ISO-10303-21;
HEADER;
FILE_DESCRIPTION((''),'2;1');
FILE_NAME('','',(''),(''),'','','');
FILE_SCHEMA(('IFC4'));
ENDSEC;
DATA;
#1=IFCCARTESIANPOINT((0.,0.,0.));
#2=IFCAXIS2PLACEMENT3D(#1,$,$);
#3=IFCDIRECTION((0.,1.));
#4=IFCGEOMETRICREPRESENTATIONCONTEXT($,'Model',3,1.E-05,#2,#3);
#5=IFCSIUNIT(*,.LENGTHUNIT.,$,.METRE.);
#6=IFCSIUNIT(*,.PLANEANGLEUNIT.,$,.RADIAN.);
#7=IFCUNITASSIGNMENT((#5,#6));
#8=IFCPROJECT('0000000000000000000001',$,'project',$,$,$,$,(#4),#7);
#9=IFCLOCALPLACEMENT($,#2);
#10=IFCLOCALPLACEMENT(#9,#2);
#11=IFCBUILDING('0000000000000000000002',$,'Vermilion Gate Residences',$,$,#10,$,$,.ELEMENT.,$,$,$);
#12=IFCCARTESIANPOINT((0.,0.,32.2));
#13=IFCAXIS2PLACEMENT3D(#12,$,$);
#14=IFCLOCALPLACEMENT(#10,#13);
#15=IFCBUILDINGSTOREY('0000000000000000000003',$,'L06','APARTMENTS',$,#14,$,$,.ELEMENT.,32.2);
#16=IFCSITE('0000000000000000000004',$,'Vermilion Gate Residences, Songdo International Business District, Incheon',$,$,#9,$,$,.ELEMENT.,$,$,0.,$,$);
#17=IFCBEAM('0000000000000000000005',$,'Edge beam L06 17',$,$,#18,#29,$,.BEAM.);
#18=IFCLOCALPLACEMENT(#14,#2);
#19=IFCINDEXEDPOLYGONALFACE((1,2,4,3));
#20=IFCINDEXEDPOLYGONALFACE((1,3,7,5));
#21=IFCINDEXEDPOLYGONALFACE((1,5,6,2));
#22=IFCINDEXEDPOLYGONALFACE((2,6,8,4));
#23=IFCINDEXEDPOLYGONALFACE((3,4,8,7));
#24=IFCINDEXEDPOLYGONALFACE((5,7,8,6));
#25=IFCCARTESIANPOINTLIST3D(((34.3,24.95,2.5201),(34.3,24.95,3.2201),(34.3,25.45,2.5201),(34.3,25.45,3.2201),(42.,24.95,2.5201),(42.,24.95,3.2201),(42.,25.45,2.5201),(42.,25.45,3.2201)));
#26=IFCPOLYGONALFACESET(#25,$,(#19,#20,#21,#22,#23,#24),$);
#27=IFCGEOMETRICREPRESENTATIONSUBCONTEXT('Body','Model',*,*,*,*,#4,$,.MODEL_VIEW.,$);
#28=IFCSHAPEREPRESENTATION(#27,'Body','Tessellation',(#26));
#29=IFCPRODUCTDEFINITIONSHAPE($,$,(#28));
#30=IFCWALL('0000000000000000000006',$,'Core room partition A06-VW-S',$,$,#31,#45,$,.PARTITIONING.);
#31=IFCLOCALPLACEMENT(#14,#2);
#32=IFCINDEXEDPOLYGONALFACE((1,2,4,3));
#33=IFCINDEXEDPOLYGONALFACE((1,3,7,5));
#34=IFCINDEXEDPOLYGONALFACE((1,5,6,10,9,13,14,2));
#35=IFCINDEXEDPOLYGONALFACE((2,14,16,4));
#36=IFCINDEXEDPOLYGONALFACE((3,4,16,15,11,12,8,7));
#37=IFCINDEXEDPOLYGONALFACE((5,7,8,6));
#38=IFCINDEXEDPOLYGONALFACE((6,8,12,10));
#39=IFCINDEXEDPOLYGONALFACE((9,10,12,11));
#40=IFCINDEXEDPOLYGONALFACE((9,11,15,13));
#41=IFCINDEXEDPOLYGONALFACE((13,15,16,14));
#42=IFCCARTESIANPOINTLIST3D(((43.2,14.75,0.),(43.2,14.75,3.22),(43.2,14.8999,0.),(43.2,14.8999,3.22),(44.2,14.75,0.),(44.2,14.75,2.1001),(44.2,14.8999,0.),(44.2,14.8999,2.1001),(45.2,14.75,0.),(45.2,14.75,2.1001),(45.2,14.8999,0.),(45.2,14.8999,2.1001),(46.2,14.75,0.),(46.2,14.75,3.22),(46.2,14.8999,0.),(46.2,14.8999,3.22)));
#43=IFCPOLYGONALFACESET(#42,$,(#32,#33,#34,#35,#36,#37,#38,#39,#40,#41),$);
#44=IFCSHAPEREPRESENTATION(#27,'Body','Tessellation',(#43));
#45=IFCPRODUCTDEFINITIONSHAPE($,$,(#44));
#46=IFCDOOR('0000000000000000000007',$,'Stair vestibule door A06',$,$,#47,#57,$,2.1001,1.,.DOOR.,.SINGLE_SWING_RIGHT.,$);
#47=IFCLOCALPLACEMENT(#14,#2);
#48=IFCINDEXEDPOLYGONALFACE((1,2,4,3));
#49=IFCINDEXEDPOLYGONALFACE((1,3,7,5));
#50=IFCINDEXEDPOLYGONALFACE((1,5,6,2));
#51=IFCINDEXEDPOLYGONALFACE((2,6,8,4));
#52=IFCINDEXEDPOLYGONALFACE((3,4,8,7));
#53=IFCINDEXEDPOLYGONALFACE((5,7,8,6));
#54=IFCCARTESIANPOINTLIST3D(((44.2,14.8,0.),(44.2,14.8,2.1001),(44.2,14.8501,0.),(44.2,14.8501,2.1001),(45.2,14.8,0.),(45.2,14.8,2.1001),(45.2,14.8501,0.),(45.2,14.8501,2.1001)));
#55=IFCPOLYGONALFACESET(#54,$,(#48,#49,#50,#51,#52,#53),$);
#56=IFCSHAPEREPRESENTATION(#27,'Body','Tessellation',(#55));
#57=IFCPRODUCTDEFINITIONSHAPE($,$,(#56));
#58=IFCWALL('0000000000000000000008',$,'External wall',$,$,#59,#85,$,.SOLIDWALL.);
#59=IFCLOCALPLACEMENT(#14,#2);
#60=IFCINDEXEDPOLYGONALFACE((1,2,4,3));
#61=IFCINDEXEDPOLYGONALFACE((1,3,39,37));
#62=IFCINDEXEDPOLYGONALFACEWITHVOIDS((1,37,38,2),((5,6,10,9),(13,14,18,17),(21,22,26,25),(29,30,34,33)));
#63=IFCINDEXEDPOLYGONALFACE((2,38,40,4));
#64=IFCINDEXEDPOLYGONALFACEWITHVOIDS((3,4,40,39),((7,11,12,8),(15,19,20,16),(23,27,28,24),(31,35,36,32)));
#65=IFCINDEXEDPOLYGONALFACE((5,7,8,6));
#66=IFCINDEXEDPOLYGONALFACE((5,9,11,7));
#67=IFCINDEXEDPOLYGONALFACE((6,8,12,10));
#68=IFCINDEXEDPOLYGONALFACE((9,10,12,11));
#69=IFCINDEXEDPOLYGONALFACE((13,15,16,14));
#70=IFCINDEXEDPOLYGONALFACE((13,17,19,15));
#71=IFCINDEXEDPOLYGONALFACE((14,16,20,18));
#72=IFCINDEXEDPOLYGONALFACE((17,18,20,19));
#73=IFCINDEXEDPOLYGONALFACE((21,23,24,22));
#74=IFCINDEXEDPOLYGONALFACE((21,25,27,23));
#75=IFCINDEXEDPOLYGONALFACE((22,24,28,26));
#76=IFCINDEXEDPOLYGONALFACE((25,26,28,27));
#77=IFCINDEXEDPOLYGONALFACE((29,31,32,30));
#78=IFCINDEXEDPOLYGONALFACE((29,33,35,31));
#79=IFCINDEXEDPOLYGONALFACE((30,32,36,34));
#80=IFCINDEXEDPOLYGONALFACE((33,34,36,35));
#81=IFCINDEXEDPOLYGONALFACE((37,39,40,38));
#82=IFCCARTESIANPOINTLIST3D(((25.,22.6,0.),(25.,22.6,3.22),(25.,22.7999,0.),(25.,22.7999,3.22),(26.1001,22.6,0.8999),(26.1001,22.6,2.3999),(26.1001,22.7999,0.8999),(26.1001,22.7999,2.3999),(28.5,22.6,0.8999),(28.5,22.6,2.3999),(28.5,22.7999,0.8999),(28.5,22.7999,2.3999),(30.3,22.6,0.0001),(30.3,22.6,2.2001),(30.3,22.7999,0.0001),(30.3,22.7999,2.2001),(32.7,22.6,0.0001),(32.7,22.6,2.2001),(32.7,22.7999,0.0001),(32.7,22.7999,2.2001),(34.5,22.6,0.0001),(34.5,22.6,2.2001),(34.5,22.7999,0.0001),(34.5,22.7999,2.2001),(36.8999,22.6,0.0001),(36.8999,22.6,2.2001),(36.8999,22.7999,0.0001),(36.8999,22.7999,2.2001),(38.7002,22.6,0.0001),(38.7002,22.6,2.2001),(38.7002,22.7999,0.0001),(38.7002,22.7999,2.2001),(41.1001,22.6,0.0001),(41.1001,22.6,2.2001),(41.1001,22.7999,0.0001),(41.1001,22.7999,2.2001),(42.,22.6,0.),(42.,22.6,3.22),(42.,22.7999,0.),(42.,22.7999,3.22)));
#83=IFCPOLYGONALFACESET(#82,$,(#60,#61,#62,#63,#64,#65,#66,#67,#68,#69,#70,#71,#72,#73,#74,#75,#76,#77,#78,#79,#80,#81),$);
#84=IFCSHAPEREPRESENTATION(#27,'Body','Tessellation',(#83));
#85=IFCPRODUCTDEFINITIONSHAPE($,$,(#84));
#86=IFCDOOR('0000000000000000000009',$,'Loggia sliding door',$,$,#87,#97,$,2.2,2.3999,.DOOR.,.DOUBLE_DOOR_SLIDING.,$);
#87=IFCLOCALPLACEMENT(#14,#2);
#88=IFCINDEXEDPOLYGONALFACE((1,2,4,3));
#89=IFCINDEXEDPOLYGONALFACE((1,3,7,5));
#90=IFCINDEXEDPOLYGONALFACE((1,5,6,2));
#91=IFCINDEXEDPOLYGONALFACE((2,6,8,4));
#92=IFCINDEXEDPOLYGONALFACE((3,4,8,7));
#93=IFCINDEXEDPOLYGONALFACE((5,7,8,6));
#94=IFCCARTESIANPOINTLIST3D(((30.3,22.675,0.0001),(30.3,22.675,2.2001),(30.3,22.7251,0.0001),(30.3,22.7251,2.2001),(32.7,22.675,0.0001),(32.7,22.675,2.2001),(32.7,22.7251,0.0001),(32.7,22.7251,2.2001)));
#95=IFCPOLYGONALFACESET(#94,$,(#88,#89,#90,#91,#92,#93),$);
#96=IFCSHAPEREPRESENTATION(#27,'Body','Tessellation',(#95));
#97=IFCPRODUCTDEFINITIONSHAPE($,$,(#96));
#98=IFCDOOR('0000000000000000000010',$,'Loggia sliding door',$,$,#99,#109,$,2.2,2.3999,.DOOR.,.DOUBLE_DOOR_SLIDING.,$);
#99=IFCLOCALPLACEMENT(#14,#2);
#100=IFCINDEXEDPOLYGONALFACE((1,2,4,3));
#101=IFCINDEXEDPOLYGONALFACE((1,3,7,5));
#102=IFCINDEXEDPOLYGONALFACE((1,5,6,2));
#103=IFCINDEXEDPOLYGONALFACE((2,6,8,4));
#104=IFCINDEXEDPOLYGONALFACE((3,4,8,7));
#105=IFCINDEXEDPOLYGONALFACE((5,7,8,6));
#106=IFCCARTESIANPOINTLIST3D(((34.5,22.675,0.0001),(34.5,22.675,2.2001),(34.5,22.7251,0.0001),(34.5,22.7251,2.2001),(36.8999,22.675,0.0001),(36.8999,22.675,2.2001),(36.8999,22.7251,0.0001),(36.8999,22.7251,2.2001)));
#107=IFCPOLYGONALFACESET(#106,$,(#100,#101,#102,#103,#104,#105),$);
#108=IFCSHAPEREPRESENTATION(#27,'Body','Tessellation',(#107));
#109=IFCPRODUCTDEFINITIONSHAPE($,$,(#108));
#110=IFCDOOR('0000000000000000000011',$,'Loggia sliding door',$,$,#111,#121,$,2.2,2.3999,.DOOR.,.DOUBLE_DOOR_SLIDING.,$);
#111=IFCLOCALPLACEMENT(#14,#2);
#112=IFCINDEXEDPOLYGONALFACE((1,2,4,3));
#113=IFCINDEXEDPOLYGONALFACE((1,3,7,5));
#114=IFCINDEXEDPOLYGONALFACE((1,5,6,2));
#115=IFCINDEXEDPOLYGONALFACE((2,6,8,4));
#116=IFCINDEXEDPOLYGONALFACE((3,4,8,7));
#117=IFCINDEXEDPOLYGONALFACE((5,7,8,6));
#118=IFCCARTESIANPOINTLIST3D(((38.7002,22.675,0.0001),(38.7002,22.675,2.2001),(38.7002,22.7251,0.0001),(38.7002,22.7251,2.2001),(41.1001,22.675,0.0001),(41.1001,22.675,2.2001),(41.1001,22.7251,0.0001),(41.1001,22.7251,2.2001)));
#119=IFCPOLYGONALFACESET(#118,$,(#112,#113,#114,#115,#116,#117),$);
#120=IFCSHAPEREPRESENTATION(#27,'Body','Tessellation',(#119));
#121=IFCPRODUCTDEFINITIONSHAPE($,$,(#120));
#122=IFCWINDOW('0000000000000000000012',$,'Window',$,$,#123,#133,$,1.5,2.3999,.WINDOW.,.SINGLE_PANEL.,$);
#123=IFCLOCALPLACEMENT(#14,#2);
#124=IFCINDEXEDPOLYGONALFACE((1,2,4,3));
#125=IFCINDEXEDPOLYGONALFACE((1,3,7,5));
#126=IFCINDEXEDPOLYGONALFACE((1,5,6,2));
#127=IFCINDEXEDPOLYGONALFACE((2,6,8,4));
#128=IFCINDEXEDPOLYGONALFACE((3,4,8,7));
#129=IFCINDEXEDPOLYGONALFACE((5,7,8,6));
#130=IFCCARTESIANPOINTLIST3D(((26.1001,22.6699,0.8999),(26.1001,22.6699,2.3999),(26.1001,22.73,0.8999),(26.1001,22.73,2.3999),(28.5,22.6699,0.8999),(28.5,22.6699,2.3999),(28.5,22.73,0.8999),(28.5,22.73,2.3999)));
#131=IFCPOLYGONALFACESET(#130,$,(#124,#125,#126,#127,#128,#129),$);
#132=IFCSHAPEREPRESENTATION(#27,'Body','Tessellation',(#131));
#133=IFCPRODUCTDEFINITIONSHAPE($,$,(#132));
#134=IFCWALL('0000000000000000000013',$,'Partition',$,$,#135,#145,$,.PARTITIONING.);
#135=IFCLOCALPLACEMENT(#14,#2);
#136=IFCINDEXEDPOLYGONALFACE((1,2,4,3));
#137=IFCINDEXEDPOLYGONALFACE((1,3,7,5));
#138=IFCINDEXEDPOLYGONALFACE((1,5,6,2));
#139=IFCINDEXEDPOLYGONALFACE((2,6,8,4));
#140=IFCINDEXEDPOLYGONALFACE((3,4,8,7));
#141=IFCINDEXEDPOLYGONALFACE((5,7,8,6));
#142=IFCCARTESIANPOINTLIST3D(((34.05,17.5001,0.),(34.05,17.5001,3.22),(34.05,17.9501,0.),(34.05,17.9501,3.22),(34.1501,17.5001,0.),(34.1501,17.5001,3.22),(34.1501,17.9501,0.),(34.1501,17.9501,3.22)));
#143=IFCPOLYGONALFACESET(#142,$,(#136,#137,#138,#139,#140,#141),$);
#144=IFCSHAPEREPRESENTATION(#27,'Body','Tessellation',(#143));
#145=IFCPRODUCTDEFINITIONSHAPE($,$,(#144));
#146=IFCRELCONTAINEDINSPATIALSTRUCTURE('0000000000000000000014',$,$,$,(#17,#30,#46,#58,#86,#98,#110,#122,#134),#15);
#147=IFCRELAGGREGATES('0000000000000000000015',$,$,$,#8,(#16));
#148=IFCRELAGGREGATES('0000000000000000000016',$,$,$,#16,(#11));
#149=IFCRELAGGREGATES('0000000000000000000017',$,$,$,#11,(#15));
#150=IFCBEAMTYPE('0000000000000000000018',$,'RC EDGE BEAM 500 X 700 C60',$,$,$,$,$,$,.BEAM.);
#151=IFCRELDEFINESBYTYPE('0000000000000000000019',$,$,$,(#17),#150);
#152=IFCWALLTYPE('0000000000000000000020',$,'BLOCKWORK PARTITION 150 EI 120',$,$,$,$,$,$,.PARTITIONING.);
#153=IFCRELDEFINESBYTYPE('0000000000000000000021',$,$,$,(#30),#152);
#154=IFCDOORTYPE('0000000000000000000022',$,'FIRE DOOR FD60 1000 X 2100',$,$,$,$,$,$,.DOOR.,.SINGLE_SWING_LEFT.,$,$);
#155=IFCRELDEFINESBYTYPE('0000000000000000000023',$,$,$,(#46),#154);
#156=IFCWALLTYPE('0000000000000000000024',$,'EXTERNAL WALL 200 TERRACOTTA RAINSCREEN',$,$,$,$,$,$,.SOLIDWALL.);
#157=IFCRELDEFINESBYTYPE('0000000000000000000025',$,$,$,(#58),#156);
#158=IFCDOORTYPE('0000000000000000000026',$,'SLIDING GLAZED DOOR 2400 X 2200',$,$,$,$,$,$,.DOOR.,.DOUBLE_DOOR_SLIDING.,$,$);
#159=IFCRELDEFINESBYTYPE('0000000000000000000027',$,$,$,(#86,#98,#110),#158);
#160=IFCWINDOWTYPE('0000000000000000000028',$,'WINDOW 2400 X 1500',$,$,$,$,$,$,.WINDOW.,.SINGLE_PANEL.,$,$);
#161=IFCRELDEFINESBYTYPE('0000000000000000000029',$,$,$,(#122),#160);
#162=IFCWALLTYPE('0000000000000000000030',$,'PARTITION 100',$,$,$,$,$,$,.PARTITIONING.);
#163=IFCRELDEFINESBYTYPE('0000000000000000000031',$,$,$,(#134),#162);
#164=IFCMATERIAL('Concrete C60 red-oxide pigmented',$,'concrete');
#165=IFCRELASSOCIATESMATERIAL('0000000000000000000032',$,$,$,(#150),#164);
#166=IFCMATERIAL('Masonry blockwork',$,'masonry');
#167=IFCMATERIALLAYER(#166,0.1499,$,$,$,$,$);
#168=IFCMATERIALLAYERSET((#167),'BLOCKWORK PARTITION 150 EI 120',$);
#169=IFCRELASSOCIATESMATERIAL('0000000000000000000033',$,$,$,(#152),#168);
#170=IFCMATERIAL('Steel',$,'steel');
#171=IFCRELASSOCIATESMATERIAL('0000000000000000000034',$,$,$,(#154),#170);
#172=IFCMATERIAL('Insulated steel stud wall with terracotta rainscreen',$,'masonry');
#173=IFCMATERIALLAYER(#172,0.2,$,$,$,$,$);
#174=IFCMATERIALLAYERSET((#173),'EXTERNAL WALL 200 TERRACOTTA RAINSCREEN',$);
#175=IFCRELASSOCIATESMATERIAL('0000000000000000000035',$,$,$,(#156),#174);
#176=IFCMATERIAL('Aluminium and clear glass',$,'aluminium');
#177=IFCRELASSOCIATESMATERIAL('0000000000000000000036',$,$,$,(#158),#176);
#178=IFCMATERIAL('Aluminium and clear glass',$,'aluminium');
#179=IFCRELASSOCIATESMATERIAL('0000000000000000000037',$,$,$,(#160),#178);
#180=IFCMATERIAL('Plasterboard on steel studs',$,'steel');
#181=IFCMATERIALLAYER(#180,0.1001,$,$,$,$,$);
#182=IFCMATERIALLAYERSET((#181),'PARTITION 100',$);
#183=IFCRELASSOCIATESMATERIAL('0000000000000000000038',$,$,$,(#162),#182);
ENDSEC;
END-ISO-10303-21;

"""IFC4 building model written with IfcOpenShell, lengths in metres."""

from ifc_helpers import new_model, si_unit, direction, frame, frame_2d, origin, origin_2d, place, context, subcontext, project, spatial, rectangle, extrude, material, layer, layer_set, material_profile, profile_set, type_object, element, fill, save


model = new_model("IFC4")

# Units and contexts
model_context = context("Model", 3, precision=1e-05, world=origin(), true_north=direction((0.0, 1.0)))
body_context = subcontext(model_context, "Body", "Model", "MODEL_VIEW")
ifc_project = project(units=[si_unit("LENGTHUNIT", "METRE"), si_unit("PLANEANGLEUNIT", "RADIAN")], contexts=[model_context])

# Site, building, storey
site_placement = place(None, origin())
site = spatial("IfcSite", under=ifc_project, at=site_placement, Name="Vermilion Gate Residences, Songdo International Business District, Incheon", CompositionType="ELEMENT", RefElevation=0.0)
building_placement = place(site_placement, origin())
building = spatial("IfcBuilding", under=site, at=building_placement, Name="Vermilion Gate Residences", CompositionType="ELEMENT")
storey_placement = place(building_placement, frame((0.0, 0.0, 32.2)))
storey = spatial("IfcBuildingStorey", under=building, at=storey_placement, Name="L06", Description="APARTMENTS", CompositionType="ELEMENT", Elevation=32.2)

# Beam
ifc_material_1 = material(Name="Concrete C60 red-oxide pigmented", Category="concrete")
ifc_material_profile_1 = material_profile(ifc_material_1, rectangle(XDim=0.5, YDim=0.7, at=origin_2d()), Name="RC-500x700")
ifc_profile_set_1 = profile_set([ifc_material_profile_1], Name="Concrete C60 red-oxide pigmented")
beam_type = type_object("IfcBeamType", Name="RC EDGE BEAM 500 X 700 C60", PredefinedType="BEAM", material=ifc_profile_set_1)
beam_placement = place(storey_placement, frame((34.3, 25.2, 2.8701), z_axis=(1.0, 0.0, 0.0), x_axis=(0.0, 1.0, 0.0)))
element("IfcBeam", 1, at=beam_placement, inside=storey, type_object=beam_type, Name="Edge beam L06 17", PredefinedType="BEAM", context=body_context, shape_type="SweptSolid", body=[
    extrude(rectangle(XDim=0.5, YDim=0.7, at=origin_2d()), origin(), (0.0, 0.0, 1.0), 7.7),
])

# Wall, opening, door
ifc_material_2 = material(Name="Masonry blockwork", Category="masonry")
ifc_layer_1 = layer(ifc_material_2, 0.1499)
ifc_layer_set_1 = layer_set([ifc_layer_1], Name="BLOCKWORK PARTITION 150 EI 120")
wall_type_1 = type_object("IfcWallType", Name="BLOCKWORK PARTITION 150 EI 120", PredefinedType="PARTITIONING", material=ifc_layer_set_1)
wall_1_placement = place(storey_placement, frame((43.2, 14.825, 0.0), z_axis=(0.0, 0.0, 1.0), x_axis=(1.0, 0.0, 0.0)))
wall_1 = element("IfcWall", 2, at=wall_1_placement, inside=storey, type_object=wall_type_1, Name="Core room partition A06-VW-S", PredefinedType="PARTITIONING", context=body_context, shape_type="SweptSolid", body=[
    extrude(rectangle(XDim=3.0, YDim=0.1499, at=frame_2d((1.5, 0.0))), origin(), (0.0, 0.0, 1.0), 3.22),
])
opening_1_placement = place(wall_1_placement, frame((1.0, 0.0, 0.0)))
opening_1 = element("IfcOpeningElement", 3, at=opening_1_placement, cuts=wall_1, PredefinedType="OPENING", context=body_context, shape_type="SweptSolid", body=[
    extrude(rectangle(XDim=1.0, YDim=2.1001, at=frame_2d((0.5, 1.05))), frame((0.0, 0.085, 0.0), z_axis=(0.0, -1.0, 0.0), x_axis=(1.0, 0.0, 0.0)), (0.0, 0.0, 1.0), 0.1699),
])
ifc_material_3 = material(Name="Steel", Category="steel")
door_type_1 = type_object("IfcDoorType", Name="FIRE DOOR FD60 1000 X 2100", OperationType="SINGLE_SWING_LEFT", PredefinedType="DOOR", material=ifc_material_3)
door_1_placement = place(opening_1_placement, frame((1.0, 0.0, 0.0), z_axis=(0.0, 0.0, 1.0), x_axis=(-1.0, 0.0, 0.0)))
door_1 = element("IfcDoor", 4, at=door_1_placement, inside=storey, type_object=door_type_1, Name="Stair vestibule door A06", OperationType="SINGLE_SWING_RIGHT", OverallHeight=2.1001, OverallWidth=1.0, PredefinedType="DOOR", context=body_context, shape_type="SweptSolid", body=[
    extrude(rectangle(XDim=1.0, YDim=2.1001, at=frame_2d((0.5, 1.05))), frame((0.0, 0.0249, 0.0), z_axis=(0.0, -1.0, 0.0), x_axis=(1.0, 0.0, 0.0)), (0.0, 0.0, 1.0), 0.05),
])
fill(opening_1, door_1)

# Wall, openings, doors, window
ifc_material_4 = material(Name="Insulated steel stud wall with terracotta rainscreen", Category="masonry")
ifc_layer_2 = layer(ifc_material_4, 0.2)
ifc_layer_set_2 = layer_set([ifc_layer_2], Name="EXTERNAL WALL 200 TERRACOTTA RAINSCREEN")
wall_type_2 = type_object("IfcWallType", Name="EXTERNAL WALL 200 TERRACOTTA RAINSCREEN", PredefinedType="SOLIDWALL", material=ifc_layer_set_2)
wall_2_placement = place(storey_placement, frame((42.0, 22.7, 0.0), z_axis=(0.0, 0.0, 1.0), x_axis=(-1.0, 0.0, 0.0)))
wall_2 = element("IfcWall", 5, at=wall_2_placement, inside=storey, type_object=wall_type_2, Name="External wall", PredefinedType="SOLIDWALL", context=body_context, shape_type="SweptSolid", body=[
    extrude(rectangle(XDim=17.0, YDim=0.2, at=frame_2d((8.5, 0.0))), origin(), (0.0, 0.0, 1.0), 3.22),
])
opening_2_placement = place(wall_2_placement, frame((13.5, 0.0, 0.8999)))
opening_2 = element("IfcOpeningElement", 6, at=opening_2_placement, cuts=wall_2, PredefinedType="OPENING", context=body_context, shape_type="SweptSolid", body=[
    extrude(rectangle(XDim=2.3999, YDim=1.5, at=frame_2d((1.2, 0.75))), frame((0.0, 0.1099, 0.0), z_axis=(0.0, -1.0, 0.0), x_axis=(1.0, 0.0, 0.0)), (0.0, 0.0, 1.0), 0.22),
])
opening_3_placement = place(wall_2_placement, frame((9.3, 0.0, 0.0)))
opening_3 = element("IfcOpeningElement", 7, at=opening_3_placement, cuts=wall_2, PredefinedType="OPENING", context=body_context, shape_type="SweptSolid", body=[
    extrude(rectangle(XDim=2.3999, YDim=2.2, at=frame_2d((1.2, 1.1001))), frame((0.0, 0.1099, 0.0), z_axis=(0.0, -1.0, 0.0), x_axis=(1.0, 0.0, 0.0)), (0.0, 0.0, 1.0), 0.22),
])
opening_4_placement = place(wall_2_placement, frame((5.1001, 0.0, 0.0)))
opening_4 = element("IfcOpeningElement", 8, at=opening_4_placement, cuts=wall_2, PredefinedType="OPENING", context=body_context, shape_type="SweptSolid", body=[
    extrude(rectangle(XDim=2.3999, YDim=2.2, at=frame_2d((1.2, 1.1001))), frame((0.0, 0.1099, 0.0), z_axis=(0.0, -1.0, 0.0), x_axis=(1.0, 0.0, 0.0)), (0.0, 0.0, 1.0), 0.22),
])
opening_5_placement = place(wall_2_placement, frame((0.8999, 0.0, 0.0)))
opening_5 = element("IfcOpeningElement", 9, at=opening_5_placement, cuts=wall_2, PredefinedType="OPENING", context=body_context, shape_type="SweptSolid", body=[
    extrude(rectangle(XDim=2.3999, YDim=2.2, at=frame_2d((1.2, 1.1001))), frame((0.0, 0.1099, 0.0), z_axis=(0.0, -1.0, 0.0), x_axis=(1.0, 0.0, 0.0)), (0.0, 0.0, 1.0), 0.22),
])
ifc_material_5 = material(Name="Aluminium and clear glass", Category="aluminium")
door_type_2 = type_object("IfcDoorType", Name="SLIDING GLAZED DOOR 2400 X 2200", OperationType="DOUBLE_DOOR_SLIDING", PredefinedType="DOOR", material=ifc_material_5)
door_2_placement = place(opening_3_placement, origin())
door_2 = element("IfcDoor", 10, at=door_2_placement, inside=storey, type_object=door_type_2, Name="Loggia sliding door", OperationType="DOUBLE_DOOR_SLIDING", OverallHeight=2.2, OverallWidth=2.3999, PredefinedType="DOOR", context=body_context, shape_type="SweptSolid", body=[
    extrude(rectangle(XDim=2.3999, YDim=2.2, at=frame_2d((1.2, 1.1001))), frame((0.0, 0.0249, 0.0), z_axis=(0.0, -1.0, 0.0), x_axis=(1.0, 0.0, 0.0)), (0.0, 0.0, 1.0), 0.05),
])
fill(opening_3, door_2)
door_3_placement = place(opening_4_placement, origin())
door_3 = element("IfcDoor", 11, at=door_3_placement, inside=storey, type_object=door_type_2, Name="Loggia sliding door", OperationType="DOUBLE_DOOR_SLIDING", OverallHeight=2.2, OverallWidth=2.3999, PredefinedType="DOOR", context=body_context, shape_type="SweptSolid", body=[
    extrude(rectangle(XDim=2.3999, YDim=2.2, at=frame_2d((1.2, 1.1001))), frame((0.0, 0.0249, 0.0), z_axis=(0.0, -1.0, 0.0), x_axis=(1.0, 0.0, 0.0)), (0.0, 0.0, 1.0), 0.05),
])
fill(opening_4, door_3)
door_4_placement = place(opening_5_placement, origin())
door_4 = element("IfcDoor", 12, at=door_4_placement, inside=storey, type_object=door_type_2, Name="Loggia sliding door", OperationType="DOUBLE_DOOR_SLIDING", OverallHeight=2.2, OverallWidth=2.3999, PredefinedType="DOOR", context=body_context, shape_type="SweptSolid", body=[
    extrude(rectangle(XDim=2.3999, YDim=2.2, at=frame_2d((1.2, 1.1001))), frame((0.0, 0.0249, 0.0), z_axis=(0.0, -1.0, 0.0), x_axis=(1.0, 0.0, 0.0)), (0.0, 0.0, 1.0), 0.05),
])
fill(opening_5, door_4)
ifc_material_6 = material(Name="Aluminium and clear glass", Category="aluminium")
window_type_1 = type_object("IfcWindowType", Name="WINDOW 2400 X 1500", PartitioningType="SINGLE_PANEL", PredefinedType="WINDOW", material=ifc_material_6)
window_1_placement = place(opening_2_placement, origin())
window_1 = element("IfcWindow", 13, at=window_1_placement, inside=storey, type_object=window_type_1, Name="Window", OverallHeight=1.5, OverallWidth=2.3999, PartitioningType="SINGLE_PANEL", PredefinedType="WINDOW", context=body_context, shape_type="SweptSolid", body=[
    extrude(rectangle(XDim=2.3999, YDim=1.5, at=frame_2d((1.2, 0.75))), frame((0.0, 0.03, 0.0), z_axis=(0.0, -1.0, 0.0), x_axis=(1.0, 0.0, 0.0)), (0.0, 0.0, 1.0), 0.0601),
])
fill(opening_2, window_1)

# Wall
ifc_material_7 = material(Name="Plasterboard on steel studs", Category="steel")
ifc_layer_3 = layer(ifc_material_7, 0.1001)
ifc_layer_set_3 = layer_set([ifc_layer_3], Name="PARTITION 100")
wall_type_3 = type_object("IfcWallType", Name="PARTITION 100", PredefinedType="PARTITIONING", material=ifc_layer_set_3)
wall_3_placement = place(storey_placement, frame((34.1001, 17.5, 0.0), z_axis=(0.0, 0.0, 1.0), x_axis=(0.0, 1.0, 0.0)))
element("IfcWall", 14, at=wall_3_placement, inside=storey, type_object=wall_type_3, Name="Partition", PredefinedType="PARTITIONING", context=body_context, shape_type="SweptSolid", body=[
    extrude(rectangle(XDim=0.45, YDim=0.1001, at=frame_2d((0.2251, 0.0))), origin(), (0.0, 0.0, 1.0), 3.22),
])

save(model, "model.ifc")
